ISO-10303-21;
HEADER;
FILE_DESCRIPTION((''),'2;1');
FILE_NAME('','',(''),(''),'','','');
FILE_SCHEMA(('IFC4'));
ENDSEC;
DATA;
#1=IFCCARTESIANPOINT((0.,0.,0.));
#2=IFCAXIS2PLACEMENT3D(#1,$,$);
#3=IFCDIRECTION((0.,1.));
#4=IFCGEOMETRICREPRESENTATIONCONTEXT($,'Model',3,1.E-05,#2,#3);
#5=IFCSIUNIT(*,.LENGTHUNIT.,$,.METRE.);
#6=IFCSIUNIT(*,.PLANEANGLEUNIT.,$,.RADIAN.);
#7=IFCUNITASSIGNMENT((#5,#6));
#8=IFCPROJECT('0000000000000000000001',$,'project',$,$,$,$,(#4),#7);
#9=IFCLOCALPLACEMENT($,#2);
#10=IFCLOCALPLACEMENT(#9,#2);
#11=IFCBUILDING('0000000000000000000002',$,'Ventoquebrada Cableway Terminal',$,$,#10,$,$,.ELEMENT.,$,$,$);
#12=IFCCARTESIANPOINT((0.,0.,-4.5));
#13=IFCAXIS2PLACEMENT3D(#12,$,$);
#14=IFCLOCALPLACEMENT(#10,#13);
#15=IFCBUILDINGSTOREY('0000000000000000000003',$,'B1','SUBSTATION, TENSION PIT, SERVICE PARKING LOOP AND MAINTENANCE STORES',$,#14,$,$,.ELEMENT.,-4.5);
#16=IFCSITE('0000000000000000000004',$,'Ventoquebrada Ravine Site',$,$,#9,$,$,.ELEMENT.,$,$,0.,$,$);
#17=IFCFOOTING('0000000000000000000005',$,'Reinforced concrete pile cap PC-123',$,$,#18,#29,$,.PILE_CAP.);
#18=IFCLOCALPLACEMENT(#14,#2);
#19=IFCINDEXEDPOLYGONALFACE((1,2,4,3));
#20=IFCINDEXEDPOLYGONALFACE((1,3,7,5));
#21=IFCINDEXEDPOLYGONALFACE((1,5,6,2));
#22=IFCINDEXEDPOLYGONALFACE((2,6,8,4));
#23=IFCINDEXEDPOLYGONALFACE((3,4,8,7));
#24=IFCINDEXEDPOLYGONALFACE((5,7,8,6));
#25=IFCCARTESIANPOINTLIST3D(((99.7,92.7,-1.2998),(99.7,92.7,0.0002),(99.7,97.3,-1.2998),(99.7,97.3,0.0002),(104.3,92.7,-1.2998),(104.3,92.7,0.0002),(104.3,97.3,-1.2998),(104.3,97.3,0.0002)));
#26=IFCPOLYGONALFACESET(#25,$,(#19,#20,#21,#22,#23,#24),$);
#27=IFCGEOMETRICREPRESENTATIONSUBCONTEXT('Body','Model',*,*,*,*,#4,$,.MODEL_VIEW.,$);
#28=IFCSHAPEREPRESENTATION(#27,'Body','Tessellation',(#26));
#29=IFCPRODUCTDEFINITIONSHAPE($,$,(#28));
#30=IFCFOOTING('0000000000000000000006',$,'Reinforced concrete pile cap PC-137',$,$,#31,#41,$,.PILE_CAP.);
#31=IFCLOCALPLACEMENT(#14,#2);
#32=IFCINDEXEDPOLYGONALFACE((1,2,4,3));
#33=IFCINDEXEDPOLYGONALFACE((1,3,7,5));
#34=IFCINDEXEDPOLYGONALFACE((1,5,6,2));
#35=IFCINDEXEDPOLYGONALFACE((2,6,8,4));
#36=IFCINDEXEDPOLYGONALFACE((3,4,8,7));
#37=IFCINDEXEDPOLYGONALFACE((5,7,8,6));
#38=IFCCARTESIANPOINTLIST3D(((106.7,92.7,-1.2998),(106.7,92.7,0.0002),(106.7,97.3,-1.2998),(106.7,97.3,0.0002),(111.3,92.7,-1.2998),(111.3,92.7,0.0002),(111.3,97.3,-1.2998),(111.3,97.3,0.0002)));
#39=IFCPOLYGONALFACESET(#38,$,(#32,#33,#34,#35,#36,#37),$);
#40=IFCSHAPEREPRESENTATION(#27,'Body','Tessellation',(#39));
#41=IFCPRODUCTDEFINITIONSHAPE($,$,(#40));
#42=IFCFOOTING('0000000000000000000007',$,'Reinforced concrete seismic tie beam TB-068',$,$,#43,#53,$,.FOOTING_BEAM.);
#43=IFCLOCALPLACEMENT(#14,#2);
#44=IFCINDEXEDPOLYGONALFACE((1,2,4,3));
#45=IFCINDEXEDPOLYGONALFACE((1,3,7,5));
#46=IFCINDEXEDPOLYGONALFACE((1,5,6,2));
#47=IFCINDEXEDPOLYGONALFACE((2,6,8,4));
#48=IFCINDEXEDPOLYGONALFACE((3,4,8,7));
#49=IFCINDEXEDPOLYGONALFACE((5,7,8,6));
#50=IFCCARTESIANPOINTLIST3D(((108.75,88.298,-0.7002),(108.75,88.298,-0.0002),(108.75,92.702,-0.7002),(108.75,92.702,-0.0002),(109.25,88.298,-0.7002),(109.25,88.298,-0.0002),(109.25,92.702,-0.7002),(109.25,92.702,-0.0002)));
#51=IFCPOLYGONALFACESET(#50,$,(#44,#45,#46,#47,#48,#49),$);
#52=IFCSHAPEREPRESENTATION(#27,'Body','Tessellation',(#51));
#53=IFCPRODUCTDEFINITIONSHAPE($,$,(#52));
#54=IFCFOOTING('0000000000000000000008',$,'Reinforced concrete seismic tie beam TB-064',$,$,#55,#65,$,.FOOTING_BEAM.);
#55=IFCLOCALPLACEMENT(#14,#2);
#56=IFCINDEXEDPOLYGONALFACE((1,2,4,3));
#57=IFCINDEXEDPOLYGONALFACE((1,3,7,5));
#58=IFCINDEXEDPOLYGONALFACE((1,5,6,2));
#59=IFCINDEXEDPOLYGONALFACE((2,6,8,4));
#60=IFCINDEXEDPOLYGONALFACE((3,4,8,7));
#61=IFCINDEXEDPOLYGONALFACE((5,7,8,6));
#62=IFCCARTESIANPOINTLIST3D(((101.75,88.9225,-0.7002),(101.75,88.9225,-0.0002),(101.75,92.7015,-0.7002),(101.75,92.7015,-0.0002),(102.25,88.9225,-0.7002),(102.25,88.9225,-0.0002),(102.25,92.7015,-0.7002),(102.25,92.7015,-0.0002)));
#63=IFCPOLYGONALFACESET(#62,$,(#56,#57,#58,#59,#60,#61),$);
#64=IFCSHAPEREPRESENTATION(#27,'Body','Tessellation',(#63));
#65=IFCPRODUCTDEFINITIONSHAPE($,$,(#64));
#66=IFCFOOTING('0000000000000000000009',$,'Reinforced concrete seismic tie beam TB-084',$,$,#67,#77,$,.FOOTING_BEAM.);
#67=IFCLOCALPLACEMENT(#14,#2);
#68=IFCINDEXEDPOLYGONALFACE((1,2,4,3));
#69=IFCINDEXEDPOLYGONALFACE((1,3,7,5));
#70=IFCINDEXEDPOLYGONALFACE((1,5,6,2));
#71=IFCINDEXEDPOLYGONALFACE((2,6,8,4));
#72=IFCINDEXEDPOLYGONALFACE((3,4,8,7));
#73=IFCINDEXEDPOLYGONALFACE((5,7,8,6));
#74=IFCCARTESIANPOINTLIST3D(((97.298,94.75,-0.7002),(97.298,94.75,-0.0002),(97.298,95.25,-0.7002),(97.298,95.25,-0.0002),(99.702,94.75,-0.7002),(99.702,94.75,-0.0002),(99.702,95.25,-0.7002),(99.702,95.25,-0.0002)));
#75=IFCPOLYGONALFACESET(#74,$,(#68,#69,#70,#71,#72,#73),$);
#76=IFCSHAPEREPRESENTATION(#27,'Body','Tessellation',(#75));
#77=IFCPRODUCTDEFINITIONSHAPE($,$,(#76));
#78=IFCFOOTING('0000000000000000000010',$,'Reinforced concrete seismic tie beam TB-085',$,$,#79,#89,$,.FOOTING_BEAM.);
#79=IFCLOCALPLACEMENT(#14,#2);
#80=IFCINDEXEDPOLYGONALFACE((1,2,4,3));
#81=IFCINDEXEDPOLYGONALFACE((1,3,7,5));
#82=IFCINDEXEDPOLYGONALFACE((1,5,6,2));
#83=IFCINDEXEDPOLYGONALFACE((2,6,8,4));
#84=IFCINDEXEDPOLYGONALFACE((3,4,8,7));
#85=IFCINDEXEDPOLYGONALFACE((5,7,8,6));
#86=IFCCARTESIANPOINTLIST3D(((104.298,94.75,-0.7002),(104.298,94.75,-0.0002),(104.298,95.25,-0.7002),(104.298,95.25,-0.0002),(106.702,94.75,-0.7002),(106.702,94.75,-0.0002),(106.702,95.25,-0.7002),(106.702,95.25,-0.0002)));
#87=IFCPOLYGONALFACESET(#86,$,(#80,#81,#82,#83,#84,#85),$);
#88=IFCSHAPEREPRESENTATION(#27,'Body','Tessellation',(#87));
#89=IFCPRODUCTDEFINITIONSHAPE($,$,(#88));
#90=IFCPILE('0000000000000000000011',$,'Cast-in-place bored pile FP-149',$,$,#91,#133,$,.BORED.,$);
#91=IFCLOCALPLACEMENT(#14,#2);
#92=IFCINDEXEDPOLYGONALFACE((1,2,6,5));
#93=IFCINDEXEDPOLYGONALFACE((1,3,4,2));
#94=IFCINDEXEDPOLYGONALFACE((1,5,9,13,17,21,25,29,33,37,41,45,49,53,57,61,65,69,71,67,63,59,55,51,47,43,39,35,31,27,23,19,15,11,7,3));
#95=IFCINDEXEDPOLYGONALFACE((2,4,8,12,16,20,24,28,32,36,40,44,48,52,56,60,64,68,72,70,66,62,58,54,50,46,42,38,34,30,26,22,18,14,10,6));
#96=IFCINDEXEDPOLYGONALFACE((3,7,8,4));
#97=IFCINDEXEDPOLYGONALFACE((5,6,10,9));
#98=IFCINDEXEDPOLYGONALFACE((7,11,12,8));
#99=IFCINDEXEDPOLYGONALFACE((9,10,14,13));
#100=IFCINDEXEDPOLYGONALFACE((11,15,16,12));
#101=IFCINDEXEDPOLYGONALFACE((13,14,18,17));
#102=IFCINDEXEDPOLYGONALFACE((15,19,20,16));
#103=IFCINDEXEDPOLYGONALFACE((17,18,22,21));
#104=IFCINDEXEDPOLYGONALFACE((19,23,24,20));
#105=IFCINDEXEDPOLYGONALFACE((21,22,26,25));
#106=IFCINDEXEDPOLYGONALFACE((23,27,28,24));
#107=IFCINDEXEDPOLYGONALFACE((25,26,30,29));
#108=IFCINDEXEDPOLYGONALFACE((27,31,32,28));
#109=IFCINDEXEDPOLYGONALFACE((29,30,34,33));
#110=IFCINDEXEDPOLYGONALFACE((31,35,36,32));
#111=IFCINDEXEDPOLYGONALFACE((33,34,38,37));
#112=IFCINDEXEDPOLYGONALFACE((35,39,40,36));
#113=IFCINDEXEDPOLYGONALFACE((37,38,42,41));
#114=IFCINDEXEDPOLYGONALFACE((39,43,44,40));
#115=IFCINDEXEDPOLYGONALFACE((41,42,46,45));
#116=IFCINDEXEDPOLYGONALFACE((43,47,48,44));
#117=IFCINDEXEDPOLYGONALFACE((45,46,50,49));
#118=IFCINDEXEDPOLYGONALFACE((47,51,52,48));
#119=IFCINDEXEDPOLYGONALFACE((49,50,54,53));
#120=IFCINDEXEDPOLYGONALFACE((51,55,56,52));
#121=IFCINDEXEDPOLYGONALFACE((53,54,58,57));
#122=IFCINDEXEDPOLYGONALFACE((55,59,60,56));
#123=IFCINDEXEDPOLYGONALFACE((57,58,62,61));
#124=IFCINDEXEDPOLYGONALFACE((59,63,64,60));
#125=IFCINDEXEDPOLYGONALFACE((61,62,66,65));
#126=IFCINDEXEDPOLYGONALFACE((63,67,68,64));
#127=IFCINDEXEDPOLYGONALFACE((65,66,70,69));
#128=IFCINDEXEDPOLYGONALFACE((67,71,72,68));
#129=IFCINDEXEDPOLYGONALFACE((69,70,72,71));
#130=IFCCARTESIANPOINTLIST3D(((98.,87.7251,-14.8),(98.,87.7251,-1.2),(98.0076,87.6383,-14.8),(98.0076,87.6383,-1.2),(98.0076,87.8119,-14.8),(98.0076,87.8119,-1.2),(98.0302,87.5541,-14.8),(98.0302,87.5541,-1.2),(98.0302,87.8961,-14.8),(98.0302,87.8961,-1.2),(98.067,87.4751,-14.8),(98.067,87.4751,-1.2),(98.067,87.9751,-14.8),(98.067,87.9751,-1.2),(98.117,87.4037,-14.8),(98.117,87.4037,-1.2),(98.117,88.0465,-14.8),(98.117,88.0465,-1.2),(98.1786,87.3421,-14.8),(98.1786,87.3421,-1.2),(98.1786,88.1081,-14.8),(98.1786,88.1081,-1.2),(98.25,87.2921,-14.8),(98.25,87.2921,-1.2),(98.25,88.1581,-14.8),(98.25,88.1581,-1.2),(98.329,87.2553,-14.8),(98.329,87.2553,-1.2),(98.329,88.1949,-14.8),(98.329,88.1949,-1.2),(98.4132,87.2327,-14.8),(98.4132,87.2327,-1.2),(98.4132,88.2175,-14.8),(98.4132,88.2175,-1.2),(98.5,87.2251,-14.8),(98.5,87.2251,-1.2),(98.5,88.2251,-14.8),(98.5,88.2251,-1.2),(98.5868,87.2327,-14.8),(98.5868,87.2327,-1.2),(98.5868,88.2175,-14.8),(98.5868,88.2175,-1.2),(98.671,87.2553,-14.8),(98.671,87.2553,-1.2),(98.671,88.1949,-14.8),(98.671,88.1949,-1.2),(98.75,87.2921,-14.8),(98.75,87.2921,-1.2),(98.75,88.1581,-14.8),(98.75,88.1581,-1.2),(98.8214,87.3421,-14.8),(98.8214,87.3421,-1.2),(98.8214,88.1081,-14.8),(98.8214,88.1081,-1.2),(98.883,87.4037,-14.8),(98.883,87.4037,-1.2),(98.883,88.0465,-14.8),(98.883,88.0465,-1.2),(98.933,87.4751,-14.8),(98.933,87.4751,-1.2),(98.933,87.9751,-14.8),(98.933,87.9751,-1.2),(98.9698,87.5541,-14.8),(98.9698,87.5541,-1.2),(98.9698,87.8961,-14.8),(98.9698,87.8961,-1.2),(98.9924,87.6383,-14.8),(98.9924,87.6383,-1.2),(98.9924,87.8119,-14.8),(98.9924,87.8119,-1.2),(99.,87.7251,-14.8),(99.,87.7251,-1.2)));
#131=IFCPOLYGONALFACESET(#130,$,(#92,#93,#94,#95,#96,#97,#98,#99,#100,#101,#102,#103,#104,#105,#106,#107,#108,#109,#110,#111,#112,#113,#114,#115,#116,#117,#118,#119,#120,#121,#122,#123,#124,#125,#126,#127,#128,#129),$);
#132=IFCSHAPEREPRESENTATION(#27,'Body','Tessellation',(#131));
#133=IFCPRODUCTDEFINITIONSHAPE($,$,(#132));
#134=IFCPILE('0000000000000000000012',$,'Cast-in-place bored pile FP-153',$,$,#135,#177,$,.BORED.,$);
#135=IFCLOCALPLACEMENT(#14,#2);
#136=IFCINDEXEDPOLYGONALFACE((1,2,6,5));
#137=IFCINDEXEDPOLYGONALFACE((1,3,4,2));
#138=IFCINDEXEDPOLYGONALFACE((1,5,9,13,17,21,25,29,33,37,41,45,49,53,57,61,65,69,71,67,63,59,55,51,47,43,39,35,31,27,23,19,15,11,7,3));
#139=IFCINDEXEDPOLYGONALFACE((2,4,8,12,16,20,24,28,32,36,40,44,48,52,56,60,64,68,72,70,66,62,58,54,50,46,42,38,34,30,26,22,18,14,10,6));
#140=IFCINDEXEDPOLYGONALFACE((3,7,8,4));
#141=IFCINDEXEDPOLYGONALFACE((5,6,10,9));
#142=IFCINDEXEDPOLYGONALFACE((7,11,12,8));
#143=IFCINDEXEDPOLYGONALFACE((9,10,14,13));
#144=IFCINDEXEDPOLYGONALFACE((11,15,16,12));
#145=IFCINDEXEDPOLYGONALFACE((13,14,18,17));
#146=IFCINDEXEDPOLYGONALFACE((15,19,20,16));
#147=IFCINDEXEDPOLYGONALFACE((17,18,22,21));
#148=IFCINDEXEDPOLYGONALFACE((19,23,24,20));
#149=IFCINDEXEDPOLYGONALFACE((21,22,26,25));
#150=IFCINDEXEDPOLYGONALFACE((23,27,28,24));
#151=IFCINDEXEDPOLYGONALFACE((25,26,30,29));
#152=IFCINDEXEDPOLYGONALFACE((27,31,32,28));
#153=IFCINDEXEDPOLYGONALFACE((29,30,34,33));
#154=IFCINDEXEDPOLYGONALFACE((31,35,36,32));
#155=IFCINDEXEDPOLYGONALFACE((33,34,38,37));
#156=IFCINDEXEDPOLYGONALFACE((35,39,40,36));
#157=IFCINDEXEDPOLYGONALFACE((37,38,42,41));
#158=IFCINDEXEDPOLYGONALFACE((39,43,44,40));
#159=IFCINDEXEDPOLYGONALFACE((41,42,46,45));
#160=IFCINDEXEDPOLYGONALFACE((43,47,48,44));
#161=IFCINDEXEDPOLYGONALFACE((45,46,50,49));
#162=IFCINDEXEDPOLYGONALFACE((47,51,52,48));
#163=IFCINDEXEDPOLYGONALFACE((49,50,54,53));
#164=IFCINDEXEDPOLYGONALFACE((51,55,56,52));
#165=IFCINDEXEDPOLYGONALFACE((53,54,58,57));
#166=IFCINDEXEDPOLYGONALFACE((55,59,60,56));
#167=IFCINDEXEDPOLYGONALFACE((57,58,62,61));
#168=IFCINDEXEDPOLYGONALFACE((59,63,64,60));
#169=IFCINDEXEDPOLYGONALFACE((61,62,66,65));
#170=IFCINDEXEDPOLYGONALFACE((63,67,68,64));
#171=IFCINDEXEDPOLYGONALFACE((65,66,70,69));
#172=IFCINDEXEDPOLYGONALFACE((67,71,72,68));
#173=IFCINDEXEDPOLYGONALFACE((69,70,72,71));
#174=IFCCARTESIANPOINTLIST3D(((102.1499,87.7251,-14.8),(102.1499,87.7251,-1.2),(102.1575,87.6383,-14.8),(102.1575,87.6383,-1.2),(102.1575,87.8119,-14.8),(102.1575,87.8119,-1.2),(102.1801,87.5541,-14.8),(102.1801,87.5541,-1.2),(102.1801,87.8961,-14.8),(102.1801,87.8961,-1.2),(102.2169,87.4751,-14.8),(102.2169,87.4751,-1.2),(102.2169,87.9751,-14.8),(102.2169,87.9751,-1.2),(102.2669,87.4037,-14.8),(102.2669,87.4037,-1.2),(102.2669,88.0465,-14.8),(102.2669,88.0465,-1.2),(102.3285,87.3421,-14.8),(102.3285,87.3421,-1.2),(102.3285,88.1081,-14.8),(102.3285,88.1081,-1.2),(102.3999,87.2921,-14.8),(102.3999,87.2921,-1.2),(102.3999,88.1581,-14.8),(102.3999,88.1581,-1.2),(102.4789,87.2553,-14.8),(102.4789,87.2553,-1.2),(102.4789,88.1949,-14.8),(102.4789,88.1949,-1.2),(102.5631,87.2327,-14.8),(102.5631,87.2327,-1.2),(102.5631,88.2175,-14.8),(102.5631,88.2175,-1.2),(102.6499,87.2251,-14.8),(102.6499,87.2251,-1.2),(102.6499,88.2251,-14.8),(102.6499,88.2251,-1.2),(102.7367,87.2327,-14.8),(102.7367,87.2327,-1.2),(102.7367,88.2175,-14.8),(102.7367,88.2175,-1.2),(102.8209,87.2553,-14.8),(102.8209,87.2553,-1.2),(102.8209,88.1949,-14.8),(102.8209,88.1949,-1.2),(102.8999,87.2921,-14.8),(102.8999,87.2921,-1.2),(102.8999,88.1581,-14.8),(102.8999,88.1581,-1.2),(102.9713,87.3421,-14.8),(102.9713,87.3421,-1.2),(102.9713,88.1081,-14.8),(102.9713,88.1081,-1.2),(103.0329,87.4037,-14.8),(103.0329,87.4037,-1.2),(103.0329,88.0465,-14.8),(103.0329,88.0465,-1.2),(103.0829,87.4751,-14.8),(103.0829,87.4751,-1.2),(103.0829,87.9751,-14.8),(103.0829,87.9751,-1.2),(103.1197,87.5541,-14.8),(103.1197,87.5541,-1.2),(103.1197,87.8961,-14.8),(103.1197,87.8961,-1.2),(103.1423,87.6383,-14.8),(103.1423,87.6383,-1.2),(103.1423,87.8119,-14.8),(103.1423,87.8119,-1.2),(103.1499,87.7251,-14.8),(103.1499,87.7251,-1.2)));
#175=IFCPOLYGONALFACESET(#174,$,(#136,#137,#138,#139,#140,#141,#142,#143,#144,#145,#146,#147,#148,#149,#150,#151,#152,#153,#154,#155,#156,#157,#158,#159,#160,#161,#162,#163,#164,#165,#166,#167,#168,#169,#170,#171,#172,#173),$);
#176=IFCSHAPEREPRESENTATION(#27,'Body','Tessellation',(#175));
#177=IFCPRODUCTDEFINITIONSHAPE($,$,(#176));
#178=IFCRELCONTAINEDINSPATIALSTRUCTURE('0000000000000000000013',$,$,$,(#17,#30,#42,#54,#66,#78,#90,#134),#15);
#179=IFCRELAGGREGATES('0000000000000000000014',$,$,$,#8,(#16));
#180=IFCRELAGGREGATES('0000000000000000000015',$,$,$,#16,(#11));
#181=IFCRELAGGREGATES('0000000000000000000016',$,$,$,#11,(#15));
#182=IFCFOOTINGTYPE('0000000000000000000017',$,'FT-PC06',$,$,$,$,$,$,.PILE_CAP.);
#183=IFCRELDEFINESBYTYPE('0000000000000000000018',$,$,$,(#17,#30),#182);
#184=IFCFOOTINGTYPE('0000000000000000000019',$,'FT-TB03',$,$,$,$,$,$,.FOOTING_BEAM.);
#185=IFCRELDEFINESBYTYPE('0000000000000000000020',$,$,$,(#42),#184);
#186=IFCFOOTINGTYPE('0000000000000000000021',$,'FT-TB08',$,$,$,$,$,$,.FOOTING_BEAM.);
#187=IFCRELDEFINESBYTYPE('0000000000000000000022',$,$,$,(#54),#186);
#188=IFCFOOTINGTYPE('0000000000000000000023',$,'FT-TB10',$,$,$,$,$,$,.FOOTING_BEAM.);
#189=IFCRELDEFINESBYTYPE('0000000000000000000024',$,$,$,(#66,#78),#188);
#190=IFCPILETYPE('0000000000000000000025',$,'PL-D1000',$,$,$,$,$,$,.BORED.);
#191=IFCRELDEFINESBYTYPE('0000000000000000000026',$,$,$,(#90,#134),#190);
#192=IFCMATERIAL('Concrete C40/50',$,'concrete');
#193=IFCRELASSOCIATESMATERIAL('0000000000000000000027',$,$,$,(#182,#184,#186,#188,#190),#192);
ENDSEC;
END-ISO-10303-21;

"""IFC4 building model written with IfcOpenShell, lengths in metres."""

from ifc_helpers import new_model, si_unit, direction, frame, origin, origin_2d, place, context, subcontext, project, spatial, rectangle, circle, extrude, material, material_profile, profile_set, type_object, element, save


model = new_model("IFC4")

# Units and contexts
model_context = context("Model", 3, precision=1e-05, world=origin(), true_north=direction((0.0, 1.0)))
body_context = subcontext(model_context, "Body", "Model", "MODEL_VIEW")
ifc_project = project(units=[si_unit("LENGTHUNIT", "METRE"), si_unit("PLANEANGLEUNIT", "RADIAN")], contexts=[model_context])

# Site, building, storey
site_placement = place(None, origin())
site = spatial("IfcSite", under=ifc_project, at=site_placement, Name="Ventoquebrada Ravine Site", CompositionType="ELEMENT", RefElevation=0.0)
building_placement = place(site_placement, origin())
building = spatial("IfcBuilding", under=site, at=building_placement, Name="Ventoquebrada Cableway Terminal", CompositionType="ELEMENT")
storey_placement = place(building_placement, frame((0.0, 0.0, -4.5)))
storey = spatial("IfcBuildingStorey", under=building, at=storey_placement, Name="B1", Description="SUBSTATION, TENSION PIT, SERVICE PARKING LOOP AND MAINTENANCE STORES", CompositionType="ELEMENT", Elevation=-4.5)

# Footings
ifc_material_1 = material(Name="Concrete C40/50", Category="concrete")
footing_type_1 = type_object("IfcFootingType", Name="FT-PC06", PredefinedType="PILE_CAP", material=ifc_material_1)
for number, where, z_axis, x_axis, name in (
    (1, (102.0, 95.0, -1.2998), (0.0, 0.0, 1.0), (1.0, 0.0, 0.0), "Reinforced concrete pile cap PC-123"),
    (2, (109.0, 95.0, -1.2998), (0.0, 0.0, 1.0), (1.0, 0.0, 0.0), "Reinforced concrete pile cap PC-137"),
):
    element("IfcFooting", number, at=place(storey_placement, frame(where, z_axis=z_axis, x_axis=x_axis)), inside=storey, type_object=footing_type_1, Name=name, PredefinedType="PILE_CAP", context=body_context, shape_type="SweptSolid", body=[
        extrude(rectangle(XDim=4.6001, YDim=4.6001, at=origin_2d()), origin(), (0.0, 0.0, 1.0), 1.3),
    ])
footing_type_2 = type_object("IfcFootingType", Name="FT-TB03", PredefinedType="FOOTING_BEAM", material=ifc_material_1)
footing_1_placement = place(storey_placement, frame((109.0, 90.5, -0.7002), z_axis=(0.0, 0.0, 1.0), x_axis=(0.0, 1.0, 0.0)))
element("IfcFooting", 3, at=footing_1_placement, inside=storey, type_object=footing_type_2, Name="Reinforced concrete seismic tie beam TB-068", PredefinedType="FOOTING_BEAM", context=body_context, shape_type="SweptSolid", body=[
    extrude(rectangle(XDim=4.4041, YDim=0.5, at=origin_2d()), origin(), (0.0, 0.0, 1.0), 0.7),
])
footing_type_3 = type_object("IfcFootingType", Name="FT-TB08", PredefinedType="FOOTING_BEAM", material=ifc_material_1)
footing_2_placement = place(storey_placement, frame((102.0, 90.812, -0.7002), z_axis=(0.0, 0.0, 1.0), x_axis=(0.0, 1.0, 0.0)))
element("IfcFooting", 4, at=footing_2_placement, inside=storey, type_object=footing_type_3, Name="Reinforced concrete seismic tie beam TB-064", PredefinedType="FOOTING_BEAM", context=body_context, shape_type="SweptSolid", body=[
    extrude(rectangle(XDim=3.7791, YDim=0.5, at=origin_2d()), origin(), (0.0, 0.0, 1.0), 0.7),
])
footing_type_4 = type_object("IfcFootingType", Name="FT-TB10", PredefinedType="FOOTING_BEAM", material=ifc_material_1)
for number, where, z_axis, x_axis, name in (
    (5, (98.5, 95.0, -0.7002), (0.0, 0.0, 1.0), (1.0, 0.0, 0.0), "Reinforced concrete seismic tie beam TB-084"),
    (6, (105.5, 95.0, -0.7002), (0.0, 0.0, 1.0), (1.0, 0.0, 0.0), "Reinforced concrete seismic tie beam TB-085"),
):
    element("IfcFooting", number, at=place(storey_placement, frame(where, z_axis=z_axis, x_axis=x_axis)), inside=storey, type_object=footing_type_4, Name=name, PredefinedType="FOOTING_BEAM", context=body_context, shape_type="SweptSolid", body=[
        extrude(rectangle(XDim=2.4041, YDim=0.5, at=origin_2d()), origin(), (0.0, 0.0, 1.0), 0.7),
    ])

# Piles
ifc_material_profile_1 = material_profile(ifc_material_1, circle(Radius=0.5, at=origin_2d()), Name="PILE-D1000")
ifc_profile_set_1 = profile_set([ifc_material_profile_1], Name="Concrete C40/50")
pile_type = type_object("IfcPileType", Name="PL-D1000", PredefinedType="BORED", material=ifc_profile_set_1)
for number, where, z_axis, x_axis, name in (
    (7, (98.5, 87.7251, -1.2), (0.0, 0.0, -1.0), (1.0, 0.0, 0.0), "Cast-in-place bored pile FP-149"),
    (8, (102.6499, 87.7251, -1.2), (0.0, 0.0, -1.0), (1.0, 0.0, 0.0), "Cast-in-place bored pile FP-153"),
):
    element("IfcPile", number, at=place(storey_placement, frame(where, z_axis=z_axis, x_axis=x_axis)), inside=storey, type_object=pile_type, Name=name, PredefinedType="BORED", context=body_context, shape_type="SweptSolid", body=[
        extrude(circle(Radius=0.5, at=origin_2d()), origin(), (0.0, 0.0, 1.0), 13.6001),
    ])

save(model, "model.ifc")
